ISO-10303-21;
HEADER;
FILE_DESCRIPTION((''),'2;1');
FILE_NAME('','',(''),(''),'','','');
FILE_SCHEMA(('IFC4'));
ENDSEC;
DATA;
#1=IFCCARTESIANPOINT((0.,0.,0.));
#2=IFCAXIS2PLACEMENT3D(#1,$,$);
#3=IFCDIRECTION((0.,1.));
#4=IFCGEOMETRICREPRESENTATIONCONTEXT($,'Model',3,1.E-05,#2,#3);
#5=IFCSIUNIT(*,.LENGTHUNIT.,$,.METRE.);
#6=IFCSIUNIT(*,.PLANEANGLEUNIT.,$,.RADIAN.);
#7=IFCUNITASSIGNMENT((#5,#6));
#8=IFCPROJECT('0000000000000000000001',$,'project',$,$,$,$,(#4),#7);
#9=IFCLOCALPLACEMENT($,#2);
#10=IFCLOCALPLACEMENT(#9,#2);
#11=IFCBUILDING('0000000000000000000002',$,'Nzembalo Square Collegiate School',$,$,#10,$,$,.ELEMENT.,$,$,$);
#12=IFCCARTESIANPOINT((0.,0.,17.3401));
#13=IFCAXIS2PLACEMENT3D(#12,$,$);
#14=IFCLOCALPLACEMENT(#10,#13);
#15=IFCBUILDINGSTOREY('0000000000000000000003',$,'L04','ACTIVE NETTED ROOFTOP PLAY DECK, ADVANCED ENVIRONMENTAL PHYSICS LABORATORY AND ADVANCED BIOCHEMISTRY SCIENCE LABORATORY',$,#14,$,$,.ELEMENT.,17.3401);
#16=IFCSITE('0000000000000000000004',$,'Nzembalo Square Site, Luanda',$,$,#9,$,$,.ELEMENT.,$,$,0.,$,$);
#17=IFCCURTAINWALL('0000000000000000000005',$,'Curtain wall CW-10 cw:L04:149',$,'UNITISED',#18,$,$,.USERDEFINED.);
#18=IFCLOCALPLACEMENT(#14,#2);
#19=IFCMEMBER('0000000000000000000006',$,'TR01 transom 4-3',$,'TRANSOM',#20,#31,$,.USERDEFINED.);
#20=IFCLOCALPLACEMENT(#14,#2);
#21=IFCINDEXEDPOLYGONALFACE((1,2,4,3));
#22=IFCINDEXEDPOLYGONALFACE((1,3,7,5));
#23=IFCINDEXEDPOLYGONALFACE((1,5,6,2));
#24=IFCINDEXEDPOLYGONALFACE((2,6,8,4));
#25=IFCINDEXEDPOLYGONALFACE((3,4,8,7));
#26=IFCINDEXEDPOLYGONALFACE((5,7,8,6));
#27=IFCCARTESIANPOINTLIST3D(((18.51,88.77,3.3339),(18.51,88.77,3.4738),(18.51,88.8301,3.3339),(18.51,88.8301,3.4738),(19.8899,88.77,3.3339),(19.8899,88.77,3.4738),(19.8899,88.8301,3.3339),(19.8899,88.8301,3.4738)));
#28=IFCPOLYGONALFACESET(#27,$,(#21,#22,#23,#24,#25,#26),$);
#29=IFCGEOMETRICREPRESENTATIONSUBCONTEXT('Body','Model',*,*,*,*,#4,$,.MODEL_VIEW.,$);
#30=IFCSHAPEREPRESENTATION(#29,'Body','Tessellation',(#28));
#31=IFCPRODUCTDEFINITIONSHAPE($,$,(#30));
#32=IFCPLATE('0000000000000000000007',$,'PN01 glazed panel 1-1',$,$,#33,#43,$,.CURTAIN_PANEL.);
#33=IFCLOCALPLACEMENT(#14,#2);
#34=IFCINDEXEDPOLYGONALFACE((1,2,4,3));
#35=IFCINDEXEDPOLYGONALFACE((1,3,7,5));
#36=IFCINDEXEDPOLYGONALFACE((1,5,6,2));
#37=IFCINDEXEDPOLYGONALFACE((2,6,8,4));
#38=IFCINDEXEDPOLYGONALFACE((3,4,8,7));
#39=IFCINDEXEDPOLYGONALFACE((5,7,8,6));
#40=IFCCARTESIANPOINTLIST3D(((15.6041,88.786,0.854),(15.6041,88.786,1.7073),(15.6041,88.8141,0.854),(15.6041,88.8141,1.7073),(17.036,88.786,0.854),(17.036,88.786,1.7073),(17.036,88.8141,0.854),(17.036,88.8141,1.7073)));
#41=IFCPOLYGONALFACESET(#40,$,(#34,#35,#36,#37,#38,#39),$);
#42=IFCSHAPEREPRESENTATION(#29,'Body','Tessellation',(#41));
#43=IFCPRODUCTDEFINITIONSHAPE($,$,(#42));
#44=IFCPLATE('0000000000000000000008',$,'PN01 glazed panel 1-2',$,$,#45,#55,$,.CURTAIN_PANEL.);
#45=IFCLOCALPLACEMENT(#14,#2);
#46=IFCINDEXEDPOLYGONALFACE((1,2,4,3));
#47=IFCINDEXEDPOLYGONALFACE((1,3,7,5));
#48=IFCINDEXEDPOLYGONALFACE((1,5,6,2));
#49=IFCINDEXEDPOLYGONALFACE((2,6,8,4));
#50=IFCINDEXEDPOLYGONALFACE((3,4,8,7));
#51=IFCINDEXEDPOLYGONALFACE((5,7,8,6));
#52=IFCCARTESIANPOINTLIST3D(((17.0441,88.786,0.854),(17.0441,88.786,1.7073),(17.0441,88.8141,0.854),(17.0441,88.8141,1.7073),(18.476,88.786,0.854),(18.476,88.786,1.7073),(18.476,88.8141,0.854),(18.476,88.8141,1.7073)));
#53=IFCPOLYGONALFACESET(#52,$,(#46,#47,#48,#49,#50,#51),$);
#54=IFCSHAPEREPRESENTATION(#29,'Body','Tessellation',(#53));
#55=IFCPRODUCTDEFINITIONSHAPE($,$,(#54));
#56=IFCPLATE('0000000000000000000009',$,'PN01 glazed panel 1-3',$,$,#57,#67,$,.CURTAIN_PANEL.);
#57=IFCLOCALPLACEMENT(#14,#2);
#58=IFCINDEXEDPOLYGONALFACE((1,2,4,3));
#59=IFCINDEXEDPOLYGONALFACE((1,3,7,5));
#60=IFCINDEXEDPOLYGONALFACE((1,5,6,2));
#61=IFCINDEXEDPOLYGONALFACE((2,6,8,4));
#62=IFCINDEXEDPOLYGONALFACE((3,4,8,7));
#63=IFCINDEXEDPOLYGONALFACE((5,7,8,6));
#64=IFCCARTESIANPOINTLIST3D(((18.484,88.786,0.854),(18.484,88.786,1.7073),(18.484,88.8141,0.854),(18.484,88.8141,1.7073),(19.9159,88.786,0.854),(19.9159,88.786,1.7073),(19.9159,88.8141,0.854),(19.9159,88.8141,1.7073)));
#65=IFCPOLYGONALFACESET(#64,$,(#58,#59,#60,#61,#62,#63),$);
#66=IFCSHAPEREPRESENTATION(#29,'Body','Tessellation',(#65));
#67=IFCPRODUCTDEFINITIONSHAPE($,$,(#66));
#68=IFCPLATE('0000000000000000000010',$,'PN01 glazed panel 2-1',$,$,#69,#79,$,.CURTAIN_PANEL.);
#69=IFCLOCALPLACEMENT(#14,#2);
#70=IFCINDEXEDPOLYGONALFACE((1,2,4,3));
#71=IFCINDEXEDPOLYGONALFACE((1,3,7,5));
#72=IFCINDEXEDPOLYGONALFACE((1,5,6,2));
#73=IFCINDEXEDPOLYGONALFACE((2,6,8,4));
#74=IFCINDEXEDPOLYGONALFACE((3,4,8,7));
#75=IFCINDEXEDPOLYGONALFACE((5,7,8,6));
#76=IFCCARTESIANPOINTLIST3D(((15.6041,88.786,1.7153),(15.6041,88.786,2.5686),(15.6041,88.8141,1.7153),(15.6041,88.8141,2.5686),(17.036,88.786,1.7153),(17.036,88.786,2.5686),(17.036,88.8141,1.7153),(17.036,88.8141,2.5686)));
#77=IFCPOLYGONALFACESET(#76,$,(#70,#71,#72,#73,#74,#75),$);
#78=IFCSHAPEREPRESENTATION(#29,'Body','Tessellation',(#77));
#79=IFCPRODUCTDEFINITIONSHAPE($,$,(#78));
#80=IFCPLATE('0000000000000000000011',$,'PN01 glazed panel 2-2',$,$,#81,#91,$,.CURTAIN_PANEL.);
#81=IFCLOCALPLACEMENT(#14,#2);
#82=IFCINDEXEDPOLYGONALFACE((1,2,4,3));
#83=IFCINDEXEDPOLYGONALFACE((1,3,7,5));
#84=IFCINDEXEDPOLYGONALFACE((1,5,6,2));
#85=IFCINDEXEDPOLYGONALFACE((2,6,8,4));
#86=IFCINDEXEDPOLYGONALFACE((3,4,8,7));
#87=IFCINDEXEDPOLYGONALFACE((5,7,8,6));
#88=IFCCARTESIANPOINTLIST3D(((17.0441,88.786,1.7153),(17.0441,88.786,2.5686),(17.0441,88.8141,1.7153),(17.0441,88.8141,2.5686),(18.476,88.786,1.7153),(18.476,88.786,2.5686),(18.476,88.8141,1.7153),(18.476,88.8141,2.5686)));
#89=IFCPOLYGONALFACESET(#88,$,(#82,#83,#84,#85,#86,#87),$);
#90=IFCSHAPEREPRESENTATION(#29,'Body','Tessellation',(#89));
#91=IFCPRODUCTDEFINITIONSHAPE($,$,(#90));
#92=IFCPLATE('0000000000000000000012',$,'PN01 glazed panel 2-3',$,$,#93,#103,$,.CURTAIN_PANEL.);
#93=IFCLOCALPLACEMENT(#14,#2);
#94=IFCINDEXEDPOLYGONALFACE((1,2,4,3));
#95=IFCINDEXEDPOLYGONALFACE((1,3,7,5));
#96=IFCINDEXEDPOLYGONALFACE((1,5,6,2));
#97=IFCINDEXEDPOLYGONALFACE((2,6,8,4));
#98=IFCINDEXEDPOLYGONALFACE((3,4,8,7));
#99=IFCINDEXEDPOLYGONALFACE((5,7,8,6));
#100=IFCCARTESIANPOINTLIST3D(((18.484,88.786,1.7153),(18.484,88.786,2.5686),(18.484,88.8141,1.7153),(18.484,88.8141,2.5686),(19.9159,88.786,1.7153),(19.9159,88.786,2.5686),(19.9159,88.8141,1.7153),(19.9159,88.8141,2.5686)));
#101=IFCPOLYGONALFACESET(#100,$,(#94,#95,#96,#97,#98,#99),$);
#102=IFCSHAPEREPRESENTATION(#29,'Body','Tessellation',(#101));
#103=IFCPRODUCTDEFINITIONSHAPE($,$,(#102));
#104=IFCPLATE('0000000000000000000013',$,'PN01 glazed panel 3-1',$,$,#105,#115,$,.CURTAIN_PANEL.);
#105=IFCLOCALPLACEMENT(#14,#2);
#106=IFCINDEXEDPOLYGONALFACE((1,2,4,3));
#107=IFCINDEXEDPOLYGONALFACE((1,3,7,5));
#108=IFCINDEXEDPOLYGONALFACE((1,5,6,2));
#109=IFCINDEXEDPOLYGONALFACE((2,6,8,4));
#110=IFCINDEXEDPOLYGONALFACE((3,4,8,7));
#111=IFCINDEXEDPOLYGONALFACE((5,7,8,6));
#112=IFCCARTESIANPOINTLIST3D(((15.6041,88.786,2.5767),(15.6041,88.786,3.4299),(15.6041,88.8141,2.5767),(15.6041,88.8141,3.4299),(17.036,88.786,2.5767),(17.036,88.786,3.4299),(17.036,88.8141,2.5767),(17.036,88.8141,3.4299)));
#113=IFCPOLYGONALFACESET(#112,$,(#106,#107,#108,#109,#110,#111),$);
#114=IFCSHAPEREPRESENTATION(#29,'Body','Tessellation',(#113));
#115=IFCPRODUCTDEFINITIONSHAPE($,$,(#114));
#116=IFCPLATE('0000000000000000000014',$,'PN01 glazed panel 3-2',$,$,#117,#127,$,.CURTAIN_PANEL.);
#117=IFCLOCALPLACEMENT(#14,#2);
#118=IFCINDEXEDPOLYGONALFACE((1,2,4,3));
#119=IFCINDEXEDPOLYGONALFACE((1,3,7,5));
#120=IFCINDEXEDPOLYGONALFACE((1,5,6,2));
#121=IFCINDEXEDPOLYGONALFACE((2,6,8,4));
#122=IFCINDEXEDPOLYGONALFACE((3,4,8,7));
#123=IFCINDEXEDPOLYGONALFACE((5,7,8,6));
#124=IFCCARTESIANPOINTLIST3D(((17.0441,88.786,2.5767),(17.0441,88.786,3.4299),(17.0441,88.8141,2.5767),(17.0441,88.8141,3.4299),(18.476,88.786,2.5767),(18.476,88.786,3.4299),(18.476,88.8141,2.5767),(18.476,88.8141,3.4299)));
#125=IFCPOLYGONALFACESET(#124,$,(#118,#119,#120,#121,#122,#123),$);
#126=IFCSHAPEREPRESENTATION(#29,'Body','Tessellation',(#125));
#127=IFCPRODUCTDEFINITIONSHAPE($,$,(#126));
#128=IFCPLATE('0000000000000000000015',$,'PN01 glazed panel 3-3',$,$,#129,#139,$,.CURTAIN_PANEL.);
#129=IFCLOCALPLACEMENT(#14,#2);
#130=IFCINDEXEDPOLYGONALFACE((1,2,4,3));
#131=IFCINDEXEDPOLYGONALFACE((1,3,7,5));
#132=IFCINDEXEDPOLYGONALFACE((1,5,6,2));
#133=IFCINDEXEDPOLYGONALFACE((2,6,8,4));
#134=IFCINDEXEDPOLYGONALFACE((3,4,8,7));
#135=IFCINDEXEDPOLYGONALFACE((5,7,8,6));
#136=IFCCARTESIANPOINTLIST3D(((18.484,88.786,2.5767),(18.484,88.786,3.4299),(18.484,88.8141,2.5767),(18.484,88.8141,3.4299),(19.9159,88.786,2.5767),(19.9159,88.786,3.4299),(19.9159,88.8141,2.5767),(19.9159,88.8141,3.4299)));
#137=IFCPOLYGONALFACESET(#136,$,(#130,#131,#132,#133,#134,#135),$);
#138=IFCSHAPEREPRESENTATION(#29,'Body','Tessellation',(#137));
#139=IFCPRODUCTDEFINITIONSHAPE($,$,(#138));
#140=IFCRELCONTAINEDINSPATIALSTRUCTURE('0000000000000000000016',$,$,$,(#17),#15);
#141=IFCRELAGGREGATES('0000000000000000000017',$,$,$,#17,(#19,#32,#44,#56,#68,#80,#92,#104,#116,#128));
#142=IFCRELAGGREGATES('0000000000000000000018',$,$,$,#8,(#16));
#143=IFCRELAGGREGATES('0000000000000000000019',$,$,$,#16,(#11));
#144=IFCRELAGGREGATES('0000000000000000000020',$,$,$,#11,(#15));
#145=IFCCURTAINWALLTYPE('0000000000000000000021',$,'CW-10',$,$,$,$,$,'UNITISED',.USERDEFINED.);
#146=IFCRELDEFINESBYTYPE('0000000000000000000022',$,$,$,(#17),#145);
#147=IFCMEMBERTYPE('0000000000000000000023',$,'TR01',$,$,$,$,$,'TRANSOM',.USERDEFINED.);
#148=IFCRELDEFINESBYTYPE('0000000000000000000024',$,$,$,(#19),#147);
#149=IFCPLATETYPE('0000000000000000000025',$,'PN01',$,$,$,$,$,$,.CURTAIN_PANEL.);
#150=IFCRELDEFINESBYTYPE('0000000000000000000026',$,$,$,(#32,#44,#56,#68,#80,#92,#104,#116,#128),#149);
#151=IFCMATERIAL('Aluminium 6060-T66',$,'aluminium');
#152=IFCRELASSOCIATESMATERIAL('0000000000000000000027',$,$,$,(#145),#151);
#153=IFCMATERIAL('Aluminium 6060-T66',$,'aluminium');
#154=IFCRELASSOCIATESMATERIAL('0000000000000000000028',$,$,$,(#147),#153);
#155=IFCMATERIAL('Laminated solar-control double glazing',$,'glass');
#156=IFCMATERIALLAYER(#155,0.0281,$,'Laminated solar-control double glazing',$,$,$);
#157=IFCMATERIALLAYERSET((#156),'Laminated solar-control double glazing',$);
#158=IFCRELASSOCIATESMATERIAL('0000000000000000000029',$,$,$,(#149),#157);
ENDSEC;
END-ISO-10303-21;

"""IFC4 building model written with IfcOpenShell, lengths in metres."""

from ifc_helpers import new_model, si_unit, direction, frame, origin, origin_2d, place, context, subcontext, project, spatial, rectangle, extrude, material, layer, layer_set, material_profile, profile_set, type_object, element, aggregate, save


model = new_model("IFC4")

# Units and contexts
model_context = context("Model", 3, precision=1e-05, world=origin(), true_north=direction((0.0, 1.0)))
body_context = subcontext(model_context, "Body", "Model", "MODEL_VIEW")
ifc_project = project(units=[si_unit("LENGTHUNIT", "METRE"), si_unit("PLANEANGLEUNIT", "RADIAN")], contexts=[model_context])

# Site, building, storey
site_placement = place(None, origin())
site = spatial("IfcSite", under=ifc_project, at=site_placement, Name="Nzembalo Square Site, Luanda", CompositionType="ELEMENT", RefElevation=0.0)
building_placement = place(site_placement, origin())
building = spatial("IfcBuilding", under=site, at=building_placement, Name="Nzembalo Square Collegiate School", CompositionType="ELEMENT")
storey_placement = place(building_placement, frame((0.0, 0.0, 17.3401)))
storey = spatial("IfcBuildingStorey", under=building, at=storey_placement, Name="L04", Description="ACTIVE NETTED ROOFTOP PLAY DECK, ADVANCED ENVIRONMENTAL PHYSICS LABORATORY AND ADVANCED BIOCHEMISTRY SCIENCE LABORATORY", CompositionType="ELEMENT", Elevation=17.3401)

# Curtain wall, member, plates
ifc_material_1 = material(Name="Aluminium 6060-T66", Category="aluminium")
curtain_wall_type = type_object("IfcCurtainWallType", Name="CW-10", ElementType="UNITISED", PredefinedType="USERDEFINED", material=ifc_material_1)
curtain_wall_placement = place(storey_placement, origin())
curtain_wall = element("IfcCurtainWall", 1, at=curtain_wall_placement, inside=storey, type_object=curtain_wall_type, Name="Curtain wall CW-10 cw:L04:149", ObjectType="UNITISED", PredefinedType="USERDEFINED")
ifc_material_2 = material(Name="Aluminium 6060-T66", Category="aluminium")
ifc_material_profile_1 = material_profile(ifc_material_2, rectangle(XDim=0.0601, YDim=0.1399, at=origin_2d()), Name="ALU T60x140")
ifc_profile_set_1 = profile_set([ifc_material_profile_1], Name="Aluminium 6060-T66")
member_type_1 = type_object("IfcMemberType", Name="TR01", ElementType="TRANSOM", PredefinedType="USERDEFINED", material=ifc_profile_set_1)
member_1_placement = place(storey_placement, frame((18.51, 88.8, 3.4038), z_axis=(1.0, 0.0, 0.0), x_axis=(0.0, 1.0, 0.0)))
member_1 = element("IfcMember", 2, at=member_1_placement, type_object=member_type_1, Name="TR01 transom 4-3", ObjectType="TRANSOM", PredefinedType="USERDEFINED", context=body_context, shape_type="SweptSolid", body=[
    extrude(rectangle(XDim=0.0601, YDim=0.1399, at=origin_2d()), origin(), (0.0, 0.0, 1.0), 1.3799),
])
ifc_material_3 = material(Name="Laminated solar-control double glazing", Category="glass")
ifc_layer = layer(ifc_material_3, 0.0281, Name="Laminated solar-control double glazing")
ifc_layer_set = layer_set([ifc_layer], Name="Laminated solar-control double glazing")
plate_type = type_object("IfcPlateType", Name="PN01", PredefinedType="CURTAIN_PANEL", material=ifc_layer_set)
plate_1_placement = place(storey_placement, frame((16.3201, 88.8, 0.854), z_axis=(0.0, 0.0, 1.0), x_axis=(1.0, 0.0, 0.0)))
plate_1 = element("IfcPlate", 3, at=plate_1_placement, type_object=plate_type, Name="PN01 glazed panel 1-1", PredefinedType="CURTAIN_PANEL", context=body_context, shape_type="SweptSolid", body=[
    extrude(rectangle(XDim=1.4319, YDim=0.0281, at=origin_2d()), origin(), (0.0, 0.0, 1.0), 0.8533),
])
plate_2_placement = place(storey_placement, frame((17.76, 88.8, 0.854), z_axis=(0.0, 0.0, 1.0), x_axis=(1.0, 0.0, 0.0)))
plate_2 = element("IfcPlate", 4, at=plate_2_placement, type_object=plate_type, Name="PN01 glazed panel 1-2", PredefinedType="CURTAIN_PANEL", context=body_context, shape_type="SweptSolid", body=[
    extrude(rectangle(XDim=1.4319, YDim=0.0281, at=origin_2d()), origin(), (0.0, 0.0, 1.0), 0.8533),
])
plate_3_placement = place(storey_placement, frame((19.2, 88.8, 0.854), z_axis=(0.0, 0.0, 1.0), x_axis=(1.0, 0.0, 0.0)))
plate_3 = element("IfcPlate", 5, at=plate_3_placement, type_object=plate_type, Name="PN01 glazed panel 1-3", PredefinedType="CURTAIN_PANEL", context=body_context, shape_type="SweptSolid", body=[
    extrude(rectangle(XDim=1.4319, YDim=0.0281, at=origin_2d()), origin(), (0.0, 0.0, 1.0), 0.8533),
])
plate_4_placement = place(storey_placement, frame((16.3201, 88.8, 1.7153), z_axis=(0.0, 0.0, 1.0), x_axis=(1.0, 0.0, 0.0)))
plate_4 = element("IfcPlate", 6, at=plate_4_placement, type_object=plate_type, Name="PN01 glazed panel 2-1", PredefinedType="CURTAIN_PANEL", context=body_context, shape_type="SweptSolid", body=[
    extrude(rectangle(XDim=1.4319, YDim=0.0281, at=origin_2d()), origin(), (0.0, 0.0, 1.0), 0.8533),
])
plate_5_placement = place(storey_placement, frame((17.76, 88.8, 1.7153), z_axis=(0.0, 0.0, 1.0), x_axis=(1.0, 0.0, 0.0)))
plate_5 = element("IfcPlate", 7, at=plate_5_placement, type_object=plate_type, Name="PN01 glazed panel 2-2", PredefinedType="CURTAIN_PANEL", context=body_context, shape_type="SweptSolid", body=[
    extrude(rectangle(XDim=1.4319, YDim=0.0281, at=origin_2d()), origin(), (0.0, 0.0, 1.0), 0.8533),
])
plate_6_placement = place(storey_placement, frame((19.2, 88.8, 1.7153), z_axis=(0.0, 0.0, 1.0), x_axis=(1.0, 0.0, 0.0)))
plate_6 = element("IfcPlate", 8, at=plate_6_placement, type_object=plate_type, Name="PN01 glazed panel 2-3", PredefinedType="CURTAIN_PANEL", context=body_context, shape_type="SweptSolid", body=[
    extrude(rectangle(XDim=1.4319, YDim=0.0281, at=origin_2d()), origin(), (0.0, 0.0, 1.0), 0.8533),
])
plate_7_placement = place(storey_placement, frame((16.3201, 88.8, 2.5767), z_axis=(0.0, 0.0, 1.0), x_axis=(1.0, 0.0, 0.0)))
plate_7 = element("IfcPlate", 9, at=plate_7_placement, type_object=plate_type, Name="PN01 glazed panel 3-1", PredefinedType="CURTAIN_PANEL", context=body_context, shape_type="SweptSolid", body=[
    extrude(rectangle(XDim=1.4319, YDim=0.0281, at=origin_2d()), origin(), (0.0, 0.0, 1.0), 0.8533),
])
plate_8_placement = place(storey_placement, frame((17.76, 88.8, 2.5767), z_axis=(0.0, 0.0, 1.0), x_axis=(1.0, 0.0, 0.0)))
plate_8 = element("IfcPlate", 10, at=plate_8_placement, type_object=plate_type, Name="PN01 glazed panel 3-2", PredefinedType="CURTAIN_PANEL", context=body_context, shape_type="SweptSolid", body=[
    extrude(rectangle(XDim=1.4319, YDim=0.0281, at=origin_2d()), origin(), (0.0, 0.0, 1.0), 0.8533),
])
plate_9_placement = place(storey_placement, frame((19.2, 88.8, 2.5767), z_axis=(0.0, 0.0, 1.0), x_axis=(1.0, 0.0, 0.0)))
plate_9 = element("IfcPlate", 11, at=plate_9_placement, type_object=plate_type, Name="PN01 glazed panel 3-3", PredefinedType="CURTAIN_PANEL", context=body_context, shape_type="SweptSolid", body=[
    extrude(rectangle(XDim=1.4319, YDim=0.0281, at=origin_2d()), origin(), (0.0, 0.0, 1.0), 0.8533),
])
aggregate(curtain_wall, [member_1, plate_1, plate_2, plate_3, plate_4, plate_5, plate_6, plate_7, plate_8, plate_9])

save(model, "model.ifc")
